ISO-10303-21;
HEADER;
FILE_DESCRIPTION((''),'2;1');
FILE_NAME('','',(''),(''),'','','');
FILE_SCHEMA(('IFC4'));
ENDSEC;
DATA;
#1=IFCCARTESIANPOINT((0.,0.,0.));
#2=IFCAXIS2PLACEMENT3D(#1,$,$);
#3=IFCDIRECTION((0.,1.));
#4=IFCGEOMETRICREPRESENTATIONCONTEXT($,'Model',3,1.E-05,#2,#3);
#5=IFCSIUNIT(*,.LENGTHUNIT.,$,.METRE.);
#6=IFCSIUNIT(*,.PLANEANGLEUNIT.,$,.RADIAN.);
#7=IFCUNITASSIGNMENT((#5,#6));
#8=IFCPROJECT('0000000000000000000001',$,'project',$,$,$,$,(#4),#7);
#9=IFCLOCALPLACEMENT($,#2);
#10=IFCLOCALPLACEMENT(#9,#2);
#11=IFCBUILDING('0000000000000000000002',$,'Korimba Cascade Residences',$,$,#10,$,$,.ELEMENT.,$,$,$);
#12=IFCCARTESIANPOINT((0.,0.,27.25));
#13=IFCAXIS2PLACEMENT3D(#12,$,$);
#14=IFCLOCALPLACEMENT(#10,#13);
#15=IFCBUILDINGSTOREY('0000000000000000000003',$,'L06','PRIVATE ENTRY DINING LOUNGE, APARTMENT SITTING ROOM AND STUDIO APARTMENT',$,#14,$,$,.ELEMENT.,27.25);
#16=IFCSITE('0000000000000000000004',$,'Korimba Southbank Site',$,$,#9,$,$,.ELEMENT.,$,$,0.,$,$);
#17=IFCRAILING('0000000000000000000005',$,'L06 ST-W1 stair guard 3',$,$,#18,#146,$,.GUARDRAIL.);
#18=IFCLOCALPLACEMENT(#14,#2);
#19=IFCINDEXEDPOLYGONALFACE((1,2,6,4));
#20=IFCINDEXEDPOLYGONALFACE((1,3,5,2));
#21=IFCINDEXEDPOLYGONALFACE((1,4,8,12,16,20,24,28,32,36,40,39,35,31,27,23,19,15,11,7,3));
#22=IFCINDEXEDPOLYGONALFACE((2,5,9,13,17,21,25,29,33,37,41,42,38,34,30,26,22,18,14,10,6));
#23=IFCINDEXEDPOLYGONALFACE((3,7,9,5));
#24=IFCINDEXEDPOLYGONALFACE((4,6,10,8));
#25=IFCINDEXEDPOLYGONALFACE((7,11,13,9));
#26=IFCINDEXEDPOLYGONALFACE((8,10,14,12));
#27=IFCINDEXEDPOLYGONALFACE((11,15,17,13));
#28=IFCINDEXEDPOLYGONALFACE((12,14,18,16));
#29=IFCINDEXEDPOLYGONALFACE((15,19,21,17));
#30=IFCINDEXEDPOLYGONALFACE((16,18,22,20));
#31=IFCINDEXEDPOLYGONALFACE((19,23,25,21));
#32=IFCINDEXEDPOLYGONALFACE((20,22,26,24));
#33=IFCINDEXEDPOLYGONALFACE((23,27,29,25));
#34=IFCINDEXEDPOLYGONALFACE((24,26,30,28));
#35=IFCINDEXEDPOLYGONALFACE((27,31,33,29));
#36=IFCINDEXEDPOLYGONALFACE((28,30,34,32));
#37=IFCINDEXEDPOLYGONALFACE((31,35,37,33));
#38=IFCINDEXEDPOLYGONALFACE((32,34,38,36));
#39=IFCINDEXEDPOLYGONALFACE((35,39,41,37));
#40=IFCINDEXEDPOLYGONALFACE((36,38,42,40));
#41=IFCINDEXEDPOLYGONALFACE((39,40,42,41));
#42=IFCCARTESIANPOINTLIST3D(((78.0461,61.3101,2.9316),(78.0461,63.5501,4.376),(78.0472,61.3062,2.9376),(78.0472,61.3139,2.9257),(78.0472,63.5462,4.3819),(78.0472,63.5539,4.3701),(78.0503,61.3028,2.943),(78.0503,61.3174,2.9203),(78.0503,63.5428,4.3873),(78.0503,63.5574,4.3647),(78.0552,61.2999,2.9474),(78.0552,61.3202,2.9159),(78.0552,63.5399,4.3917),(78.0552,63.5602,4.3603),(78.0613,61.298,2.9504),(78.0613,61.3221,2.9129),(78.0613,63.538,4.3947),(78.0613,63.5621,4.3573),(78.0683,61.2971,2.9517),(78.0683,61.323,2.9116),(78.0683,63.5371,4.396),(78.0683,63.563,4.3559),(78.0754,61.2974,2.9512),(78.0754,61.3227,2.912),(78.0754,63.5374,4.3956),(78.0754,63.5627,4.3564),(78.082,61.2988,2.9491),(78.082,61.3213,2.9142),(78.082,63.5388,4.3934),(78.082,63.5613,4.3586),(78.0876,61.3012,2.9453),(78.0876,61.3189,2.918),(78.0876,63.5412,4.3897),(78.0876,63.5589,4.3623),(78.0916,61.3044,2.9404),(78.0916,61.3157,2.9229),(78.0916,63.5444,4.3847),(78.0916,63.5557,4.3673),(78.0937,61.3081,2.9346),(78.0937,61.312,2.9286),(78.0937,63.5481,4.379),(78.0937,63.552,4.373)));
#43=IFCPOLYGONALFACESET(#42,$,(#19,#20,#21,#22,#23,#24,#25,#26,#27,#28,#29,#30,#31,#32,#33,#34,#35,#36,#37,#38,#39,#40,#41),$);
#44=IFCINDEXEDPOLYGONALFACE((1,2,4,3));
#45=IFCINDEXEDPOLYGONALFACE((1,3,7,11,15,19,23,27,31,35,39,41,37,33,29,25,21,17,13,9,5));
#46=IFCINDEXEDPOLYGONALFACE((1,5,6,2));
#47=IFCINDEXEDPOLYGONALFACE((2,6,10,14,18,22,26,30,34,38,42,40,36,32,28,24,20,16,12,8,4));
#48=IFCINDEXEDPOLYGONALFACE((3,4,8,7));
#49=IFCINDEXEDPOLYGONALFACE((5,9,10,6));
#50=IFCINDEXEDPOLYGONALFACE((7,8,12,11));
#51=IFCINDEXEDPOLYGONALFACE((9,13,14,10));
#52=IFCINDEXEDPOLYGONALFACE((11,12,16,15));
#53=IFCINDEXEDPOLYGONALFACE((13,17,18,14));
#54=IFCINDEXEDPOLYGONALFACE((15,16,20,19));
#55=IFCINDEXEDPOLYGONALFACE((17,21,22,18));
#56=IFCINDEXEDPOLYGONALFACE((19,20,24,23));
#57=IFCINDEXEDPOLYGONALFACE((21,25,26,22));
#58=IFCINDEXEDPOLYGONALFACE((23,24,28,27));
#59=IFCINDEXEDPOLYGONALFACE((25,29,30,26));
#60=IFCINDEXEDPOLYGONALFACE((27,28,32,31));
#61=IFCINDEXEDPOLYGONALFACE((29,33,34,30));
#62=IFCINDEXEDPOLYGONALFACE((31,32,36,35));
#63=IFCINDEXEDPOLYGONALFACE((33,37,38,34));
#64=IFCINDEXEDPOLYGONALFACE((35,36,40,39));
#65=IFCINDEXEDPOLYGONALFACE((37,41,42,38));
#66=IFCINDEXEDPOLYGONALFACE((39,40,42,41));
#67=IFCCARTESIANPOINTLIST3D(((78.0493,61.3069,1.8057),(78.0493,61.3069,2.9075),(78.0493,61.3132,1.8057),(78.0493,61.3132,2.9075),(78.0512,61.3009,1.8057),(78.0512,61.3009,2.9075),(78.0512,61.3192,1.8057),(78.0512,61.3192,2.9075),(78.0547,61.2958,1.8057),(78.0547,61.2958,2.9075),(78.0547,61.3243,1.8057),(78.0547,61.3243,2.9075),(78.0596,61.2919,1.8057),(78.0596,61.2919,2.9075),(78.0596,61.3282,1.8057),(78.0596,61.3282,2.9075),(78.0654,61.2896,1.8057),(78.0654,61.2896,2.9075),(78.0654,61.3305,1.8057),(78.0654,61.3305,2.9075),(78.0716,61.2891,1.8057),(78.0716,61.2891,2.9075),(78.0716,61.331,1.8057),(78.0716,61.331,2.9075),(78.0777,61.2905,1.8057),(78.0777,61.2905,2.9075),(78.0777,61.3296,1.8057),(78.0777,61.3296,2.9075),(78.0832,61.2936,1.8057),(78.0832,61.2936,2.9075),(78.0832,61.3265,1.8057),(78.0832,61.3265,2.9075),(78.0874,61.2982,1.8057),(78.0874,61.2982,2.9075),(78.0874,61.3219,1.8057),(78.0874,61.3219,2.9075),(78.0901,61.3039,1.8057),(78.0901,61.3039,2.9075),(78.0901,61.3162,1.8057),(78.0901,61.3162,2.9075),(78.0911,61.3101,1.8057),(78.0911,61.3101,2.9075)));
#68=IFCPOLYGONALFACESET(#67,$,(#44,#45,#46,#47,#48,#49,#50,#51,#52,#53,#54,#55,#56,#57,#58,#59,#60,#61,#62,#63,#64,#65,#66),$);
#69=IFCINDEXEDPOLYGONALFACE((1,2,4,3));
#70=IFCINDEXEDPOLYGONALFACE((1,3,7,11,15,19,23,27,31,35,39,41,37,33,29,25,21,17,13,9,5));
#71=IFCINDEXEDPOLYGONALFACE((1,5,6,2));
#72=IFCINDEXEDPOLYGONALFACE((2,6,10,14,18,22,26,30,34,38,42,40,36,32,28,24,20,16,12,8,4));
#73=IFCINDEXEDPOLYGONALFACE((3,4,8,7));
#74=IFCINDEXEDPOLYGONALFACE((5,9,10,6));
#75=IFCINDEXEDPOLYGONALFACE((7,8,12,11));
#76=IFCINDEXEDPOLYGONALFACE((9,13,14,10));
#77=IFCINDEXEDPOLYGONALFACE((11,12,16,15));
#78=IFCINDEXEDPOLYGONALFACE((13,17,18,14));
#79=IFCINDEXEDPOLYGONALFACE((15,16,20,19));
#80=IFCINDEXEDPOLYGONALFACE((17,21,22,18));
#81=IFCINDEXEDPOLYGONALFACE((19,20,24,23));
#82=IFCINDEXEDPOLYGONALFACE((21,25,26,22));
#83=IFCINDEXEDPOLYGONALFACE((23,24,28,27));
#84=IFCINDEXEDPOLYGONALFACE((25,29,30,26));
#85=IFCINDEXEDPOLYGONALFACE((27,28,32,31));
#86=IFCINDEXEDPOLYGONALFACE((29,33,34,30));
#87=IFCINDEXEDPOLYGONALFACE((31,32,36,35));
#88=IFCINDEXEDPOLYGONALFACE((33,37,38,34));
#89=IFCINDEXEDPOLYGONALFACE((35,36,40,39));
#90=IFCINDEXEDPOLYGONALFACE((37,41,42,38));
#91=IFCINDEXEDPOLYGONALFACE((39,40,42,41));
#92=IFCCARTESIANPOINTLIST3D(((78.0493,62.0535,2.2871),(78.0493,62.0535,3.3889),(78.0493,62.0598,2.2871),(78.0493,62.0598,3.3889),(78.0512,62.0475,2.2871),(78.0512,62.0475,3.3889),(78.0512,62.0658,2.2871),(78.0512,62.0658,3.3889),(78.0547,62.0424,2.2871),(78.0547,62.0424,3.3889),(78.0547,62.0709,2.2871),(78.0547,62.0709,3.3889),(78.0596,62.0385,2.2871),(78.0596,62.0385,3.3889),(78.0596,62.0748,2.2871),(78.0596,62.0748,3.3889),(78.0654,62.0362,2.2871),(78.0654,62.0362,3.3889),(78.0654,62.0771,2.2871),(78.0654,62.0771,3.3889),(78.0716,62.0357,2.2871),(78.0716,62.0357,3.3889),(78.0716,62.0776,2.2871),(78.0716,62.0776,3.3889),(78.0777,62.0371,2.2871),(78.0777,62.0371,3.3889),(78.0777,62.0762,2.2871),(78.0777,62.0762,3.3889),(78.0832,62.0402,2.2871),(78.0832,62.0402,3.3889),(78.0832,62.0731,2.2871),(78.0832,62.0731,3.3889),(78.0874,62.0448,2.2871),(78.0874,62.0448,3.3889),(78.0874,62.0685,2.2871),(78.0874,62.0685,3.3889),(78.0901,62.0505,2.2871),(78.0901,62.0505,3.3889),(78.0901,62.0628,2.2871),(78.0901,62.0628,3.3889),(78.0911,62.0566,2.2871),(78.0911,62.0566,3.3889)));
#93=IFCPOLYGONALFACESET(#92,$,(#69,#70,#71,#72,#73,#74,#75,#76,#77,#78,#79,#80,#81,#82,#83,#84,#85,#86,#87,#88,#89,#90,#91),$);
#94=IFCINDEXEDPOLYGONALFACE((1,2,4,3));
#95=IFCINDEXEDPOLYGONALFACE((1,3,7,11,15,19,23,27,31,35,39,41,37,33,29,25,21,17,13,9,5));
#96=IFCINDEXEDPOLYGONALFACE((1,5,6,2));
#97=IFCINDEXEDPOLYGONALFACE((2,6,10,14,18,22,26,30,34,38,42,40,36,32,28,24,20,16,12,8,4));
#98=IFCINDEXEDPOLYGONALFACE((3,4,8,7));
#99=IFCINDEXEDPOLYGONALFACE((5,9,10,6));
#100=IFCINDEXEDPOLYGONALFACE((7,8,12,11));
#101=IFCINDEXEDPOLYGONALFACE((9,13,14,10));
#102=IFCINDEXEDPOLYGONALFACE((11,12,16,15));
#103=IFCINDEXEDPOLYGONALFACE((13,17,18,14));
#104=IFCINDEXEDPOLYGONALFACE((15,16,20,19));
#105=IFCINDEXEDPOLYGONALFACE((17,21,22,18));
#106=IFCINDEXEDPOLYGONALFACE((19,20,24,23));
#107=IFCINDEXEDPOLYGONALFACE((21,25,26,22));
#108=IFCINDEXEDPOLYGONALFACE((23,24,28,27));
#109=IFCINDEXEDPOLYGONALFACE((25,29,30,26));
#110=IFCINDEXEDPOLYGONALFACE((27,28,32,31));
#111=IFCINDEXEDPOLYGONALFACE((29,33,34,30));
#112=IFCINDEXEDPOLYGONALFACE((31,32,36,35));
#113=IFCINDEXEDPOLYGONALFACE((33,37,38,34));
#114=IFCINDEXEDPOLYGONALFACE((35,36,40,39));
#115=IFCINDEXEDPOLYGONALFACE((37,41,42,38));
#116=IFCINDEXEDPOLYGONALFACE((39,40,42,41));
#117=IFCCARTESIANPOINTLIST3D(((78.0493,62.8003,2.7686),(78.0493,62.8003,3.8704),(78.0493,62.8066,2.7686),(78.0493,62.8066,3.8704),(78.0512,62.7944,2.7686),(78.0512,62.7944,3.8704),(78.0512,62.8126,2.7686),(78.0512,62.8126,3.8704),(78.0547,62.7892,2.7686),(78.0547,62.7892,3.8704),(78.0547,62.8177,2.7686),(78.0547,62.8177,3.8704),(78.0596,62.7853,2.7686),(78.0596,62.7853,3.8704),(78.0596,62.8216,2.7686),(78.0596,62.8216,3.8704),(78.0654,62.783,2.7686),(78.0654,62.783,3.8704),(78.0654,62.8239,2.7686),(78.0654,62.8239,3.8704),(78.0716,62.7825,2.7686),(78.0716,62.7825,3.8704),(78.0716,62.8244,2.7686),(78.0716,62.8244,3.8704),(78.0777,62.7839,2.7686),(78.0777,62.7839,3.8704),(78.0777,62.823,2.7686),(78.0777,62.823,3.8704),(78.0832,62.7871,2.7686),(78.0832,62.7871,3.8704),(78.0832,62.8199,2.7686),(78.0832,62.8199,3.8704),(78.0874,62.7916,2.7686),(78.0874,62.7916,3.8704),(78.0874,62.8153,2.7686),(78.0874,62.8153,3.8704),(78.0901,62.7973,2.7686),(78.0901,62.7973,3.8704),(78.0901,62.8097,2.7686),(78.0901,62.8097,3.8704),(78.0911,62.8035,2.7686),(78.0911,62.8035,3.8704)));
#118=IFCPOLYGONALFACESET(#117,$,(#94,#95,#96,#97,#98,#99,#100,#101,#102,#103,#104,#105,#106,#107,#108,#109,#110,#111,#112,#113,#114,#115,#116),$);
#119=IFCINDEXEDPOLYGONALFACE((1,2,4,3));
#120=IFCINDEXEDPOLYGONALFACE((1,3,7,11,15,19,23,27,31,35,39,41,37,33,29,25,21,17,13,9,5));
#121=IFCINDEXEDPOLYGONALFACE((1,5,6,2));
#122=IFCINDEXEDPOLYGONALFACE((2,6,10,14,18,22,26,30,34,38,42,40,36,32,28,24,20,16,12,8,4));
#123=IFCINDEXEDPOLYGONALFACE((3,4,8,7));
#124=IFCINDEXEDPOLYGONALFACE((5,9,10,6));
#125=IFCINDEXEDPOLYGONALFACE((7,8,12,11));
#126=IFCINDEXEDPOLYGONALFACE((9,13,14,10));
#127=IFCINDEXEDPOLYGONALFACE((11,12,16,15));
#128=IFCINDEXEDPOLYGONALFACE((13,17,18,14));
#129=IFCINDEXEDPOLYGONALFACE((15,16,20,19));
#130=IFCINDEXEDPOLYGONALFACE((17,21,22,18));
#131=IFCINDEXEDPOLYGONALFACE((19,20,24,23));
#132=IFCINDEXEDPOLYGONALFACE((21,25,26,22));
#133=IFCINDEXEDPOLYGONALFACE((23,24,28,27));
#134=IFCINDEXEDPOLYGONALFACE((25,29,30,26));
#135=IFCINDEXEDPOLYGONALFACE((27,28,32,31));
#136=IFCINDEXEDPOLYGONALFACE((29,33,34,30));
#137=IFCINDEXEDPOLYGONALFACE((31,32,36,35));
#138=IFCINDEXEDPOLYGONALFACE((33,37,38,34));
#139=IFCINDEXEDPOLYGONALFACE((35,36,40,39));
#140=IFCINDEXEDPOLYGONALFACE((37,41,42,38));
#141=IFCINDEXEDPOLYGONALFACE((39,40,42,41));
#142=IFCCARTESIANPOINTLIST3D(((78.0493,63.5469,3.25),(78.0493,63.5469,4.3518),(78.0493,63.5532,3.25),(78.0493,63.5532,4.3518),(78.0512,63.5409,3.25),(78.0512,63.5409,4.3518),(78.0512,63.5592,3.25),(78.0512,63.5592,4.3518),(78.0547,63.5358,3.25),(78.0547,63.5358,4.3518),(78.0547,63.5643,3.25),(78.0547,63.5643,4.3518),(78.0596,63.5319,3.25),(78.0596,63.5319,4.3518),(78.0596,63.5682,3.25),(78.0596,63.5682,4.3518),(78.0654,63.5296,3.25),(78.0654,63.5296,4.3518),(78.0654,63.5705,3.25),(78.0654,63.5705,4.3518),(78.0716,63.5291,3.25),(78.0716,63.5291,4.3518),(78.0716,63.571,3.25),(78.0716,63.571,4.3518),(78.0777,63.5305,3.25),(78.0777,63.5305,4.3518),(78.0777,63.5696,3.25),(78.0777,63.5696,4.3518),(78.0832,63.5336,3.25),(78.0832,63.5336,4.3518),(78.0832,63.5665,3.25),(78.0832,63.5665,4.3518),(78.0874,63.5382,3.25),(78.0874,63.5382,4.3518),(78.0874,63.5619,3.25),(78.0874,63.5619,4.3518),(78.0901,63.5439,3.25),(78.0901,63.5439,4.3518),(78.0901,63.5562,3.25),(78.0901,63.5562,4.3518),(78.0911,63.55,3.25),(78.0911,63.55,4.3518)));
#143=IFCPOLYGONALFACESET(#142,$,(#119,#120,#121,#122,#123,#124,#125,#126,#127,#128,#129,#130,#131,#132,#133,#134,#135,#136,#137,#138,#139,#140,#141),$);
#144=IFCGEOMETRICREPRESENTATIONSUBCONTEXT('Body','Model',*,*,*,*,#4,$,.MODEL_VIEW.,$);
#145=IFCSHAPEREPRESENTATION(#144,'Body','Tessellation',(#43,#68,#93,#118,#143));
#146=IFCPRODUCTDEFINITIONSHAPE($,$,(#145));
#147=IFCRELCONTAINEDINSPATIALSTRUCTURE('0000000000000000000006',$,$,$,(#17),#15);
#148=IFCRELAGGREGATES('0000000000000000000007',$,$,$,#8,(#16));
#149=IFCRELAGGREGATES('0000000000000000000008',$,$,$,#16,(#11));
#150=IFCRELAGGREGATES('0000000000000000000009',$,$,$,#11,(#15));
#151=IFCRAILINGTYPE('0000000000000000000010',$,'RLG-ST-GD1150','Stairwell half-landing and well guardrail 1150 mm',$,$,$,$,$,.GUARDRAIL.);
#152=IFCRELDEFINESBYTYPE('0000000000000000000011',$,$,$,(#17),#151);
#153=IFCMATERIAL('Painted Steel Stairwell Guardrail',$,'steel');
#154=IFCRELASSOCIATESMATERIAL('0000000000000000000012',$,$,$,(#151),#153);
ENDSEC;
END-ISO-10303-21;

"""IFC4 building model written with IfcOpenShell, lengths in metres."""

from ifc_helpers import new_model, si_unit, direction, frame, origin, origin_2d, place, context, subcontext, project, spatial, circle, extrude, material, type_object, element, save


model = new_model("IFC4")

# Units and contexts
model_context = context("Model", 3, precision=1e-05, world=origin(), true_north=direction((0.0, 1.0)))
body_context = subcontext(model_context, "Body", "Model", "MODEL_VIEW")
ifc_project = project(units=[si_unit("LENGTHUNIT", "METRE"), si_unit("PLANEANGLEUNIT", "RADIAN")], contexts=[model_context])

# Site, building, storey
site_placement = place(None, origin())
site = spatial("IfcSite", under=ifc_project, at=site_placement, Name="Korimba Southbank Site", CompositionType="ELEMENT", RefElevation=0.0)
building_placement = place(site_placement, origin())
building = spatial("IfcBuilding", under=site, at=building_placement, Name="Korimba Cascade Residences", CompositionType="ELEMENT")
storey_placement = place(building_placement, frame((0.0, 0.0, 27.25)))
storey = spatial("IfcBuildingStorey", under=building, at=storey_placement, Name="L06", Description="PRIVATE ENTRY DINING LOUNGE, APARTMENT SITTING ROOM AND STUDIO APARTMENT", CompositionType="ELEMENT", Elevation=27.25)

# Railing
ifc_material_1 = material(Name="Painted Steel Stairwell Guardrail", Category="steel")
railing_type = type_object("IfcRailingType", Name="RLG-ST-GD1150", Description="Stairwell half-landing and well guardrail 1150 mm", PredefinedType="GUARDRAIL", material=ifc_material_1)
railing_1_placement = place(storey_placement, frame((78.0701, 61.3101, 1.8057)))
element("IfcRailing", 1, at=railing_1_placement, inside=storey, type_object=railing_type, Name="L06 ST-W1 stair guard 3", PredefinedType="GUARDRAIL", context=body_context, shape_type="SweptSolid", body=[
    extrude(circle(Radius=0.0239, at=origin_2d()), frame((0.0, 0.0, 1.126), z_axis=(0.0, 0.840437, 0.54191), x_axis=(-1.0, 0.0, 0.0)), (0.0, 0.0, 1.0), 2.6653),
    extrude(circle(Radius=0.021, at=origin_2d()), origin(), (0.0, 0.0, 1.0), 1.1018),
    extrude(circle(Radius=0.021, at=origin_2d()), frame((0.0, 0.7466, 0.4814)), (0.0, 0.0, 1.0), 1.1018),
    extrude(circle(Radius=0.021, at=origin_2d()), frame((0.0, 1.4934, 0.9629)), (0.0, 0.0, 1.0), 1.1018),
    extrude(circle(Radius=0.021, at=origin_2d()), frame((0.0, 2.24, 1.4443)), (0.0, 0.0, 1.0), 1.1018),
])

save(model, "model.ifc")
